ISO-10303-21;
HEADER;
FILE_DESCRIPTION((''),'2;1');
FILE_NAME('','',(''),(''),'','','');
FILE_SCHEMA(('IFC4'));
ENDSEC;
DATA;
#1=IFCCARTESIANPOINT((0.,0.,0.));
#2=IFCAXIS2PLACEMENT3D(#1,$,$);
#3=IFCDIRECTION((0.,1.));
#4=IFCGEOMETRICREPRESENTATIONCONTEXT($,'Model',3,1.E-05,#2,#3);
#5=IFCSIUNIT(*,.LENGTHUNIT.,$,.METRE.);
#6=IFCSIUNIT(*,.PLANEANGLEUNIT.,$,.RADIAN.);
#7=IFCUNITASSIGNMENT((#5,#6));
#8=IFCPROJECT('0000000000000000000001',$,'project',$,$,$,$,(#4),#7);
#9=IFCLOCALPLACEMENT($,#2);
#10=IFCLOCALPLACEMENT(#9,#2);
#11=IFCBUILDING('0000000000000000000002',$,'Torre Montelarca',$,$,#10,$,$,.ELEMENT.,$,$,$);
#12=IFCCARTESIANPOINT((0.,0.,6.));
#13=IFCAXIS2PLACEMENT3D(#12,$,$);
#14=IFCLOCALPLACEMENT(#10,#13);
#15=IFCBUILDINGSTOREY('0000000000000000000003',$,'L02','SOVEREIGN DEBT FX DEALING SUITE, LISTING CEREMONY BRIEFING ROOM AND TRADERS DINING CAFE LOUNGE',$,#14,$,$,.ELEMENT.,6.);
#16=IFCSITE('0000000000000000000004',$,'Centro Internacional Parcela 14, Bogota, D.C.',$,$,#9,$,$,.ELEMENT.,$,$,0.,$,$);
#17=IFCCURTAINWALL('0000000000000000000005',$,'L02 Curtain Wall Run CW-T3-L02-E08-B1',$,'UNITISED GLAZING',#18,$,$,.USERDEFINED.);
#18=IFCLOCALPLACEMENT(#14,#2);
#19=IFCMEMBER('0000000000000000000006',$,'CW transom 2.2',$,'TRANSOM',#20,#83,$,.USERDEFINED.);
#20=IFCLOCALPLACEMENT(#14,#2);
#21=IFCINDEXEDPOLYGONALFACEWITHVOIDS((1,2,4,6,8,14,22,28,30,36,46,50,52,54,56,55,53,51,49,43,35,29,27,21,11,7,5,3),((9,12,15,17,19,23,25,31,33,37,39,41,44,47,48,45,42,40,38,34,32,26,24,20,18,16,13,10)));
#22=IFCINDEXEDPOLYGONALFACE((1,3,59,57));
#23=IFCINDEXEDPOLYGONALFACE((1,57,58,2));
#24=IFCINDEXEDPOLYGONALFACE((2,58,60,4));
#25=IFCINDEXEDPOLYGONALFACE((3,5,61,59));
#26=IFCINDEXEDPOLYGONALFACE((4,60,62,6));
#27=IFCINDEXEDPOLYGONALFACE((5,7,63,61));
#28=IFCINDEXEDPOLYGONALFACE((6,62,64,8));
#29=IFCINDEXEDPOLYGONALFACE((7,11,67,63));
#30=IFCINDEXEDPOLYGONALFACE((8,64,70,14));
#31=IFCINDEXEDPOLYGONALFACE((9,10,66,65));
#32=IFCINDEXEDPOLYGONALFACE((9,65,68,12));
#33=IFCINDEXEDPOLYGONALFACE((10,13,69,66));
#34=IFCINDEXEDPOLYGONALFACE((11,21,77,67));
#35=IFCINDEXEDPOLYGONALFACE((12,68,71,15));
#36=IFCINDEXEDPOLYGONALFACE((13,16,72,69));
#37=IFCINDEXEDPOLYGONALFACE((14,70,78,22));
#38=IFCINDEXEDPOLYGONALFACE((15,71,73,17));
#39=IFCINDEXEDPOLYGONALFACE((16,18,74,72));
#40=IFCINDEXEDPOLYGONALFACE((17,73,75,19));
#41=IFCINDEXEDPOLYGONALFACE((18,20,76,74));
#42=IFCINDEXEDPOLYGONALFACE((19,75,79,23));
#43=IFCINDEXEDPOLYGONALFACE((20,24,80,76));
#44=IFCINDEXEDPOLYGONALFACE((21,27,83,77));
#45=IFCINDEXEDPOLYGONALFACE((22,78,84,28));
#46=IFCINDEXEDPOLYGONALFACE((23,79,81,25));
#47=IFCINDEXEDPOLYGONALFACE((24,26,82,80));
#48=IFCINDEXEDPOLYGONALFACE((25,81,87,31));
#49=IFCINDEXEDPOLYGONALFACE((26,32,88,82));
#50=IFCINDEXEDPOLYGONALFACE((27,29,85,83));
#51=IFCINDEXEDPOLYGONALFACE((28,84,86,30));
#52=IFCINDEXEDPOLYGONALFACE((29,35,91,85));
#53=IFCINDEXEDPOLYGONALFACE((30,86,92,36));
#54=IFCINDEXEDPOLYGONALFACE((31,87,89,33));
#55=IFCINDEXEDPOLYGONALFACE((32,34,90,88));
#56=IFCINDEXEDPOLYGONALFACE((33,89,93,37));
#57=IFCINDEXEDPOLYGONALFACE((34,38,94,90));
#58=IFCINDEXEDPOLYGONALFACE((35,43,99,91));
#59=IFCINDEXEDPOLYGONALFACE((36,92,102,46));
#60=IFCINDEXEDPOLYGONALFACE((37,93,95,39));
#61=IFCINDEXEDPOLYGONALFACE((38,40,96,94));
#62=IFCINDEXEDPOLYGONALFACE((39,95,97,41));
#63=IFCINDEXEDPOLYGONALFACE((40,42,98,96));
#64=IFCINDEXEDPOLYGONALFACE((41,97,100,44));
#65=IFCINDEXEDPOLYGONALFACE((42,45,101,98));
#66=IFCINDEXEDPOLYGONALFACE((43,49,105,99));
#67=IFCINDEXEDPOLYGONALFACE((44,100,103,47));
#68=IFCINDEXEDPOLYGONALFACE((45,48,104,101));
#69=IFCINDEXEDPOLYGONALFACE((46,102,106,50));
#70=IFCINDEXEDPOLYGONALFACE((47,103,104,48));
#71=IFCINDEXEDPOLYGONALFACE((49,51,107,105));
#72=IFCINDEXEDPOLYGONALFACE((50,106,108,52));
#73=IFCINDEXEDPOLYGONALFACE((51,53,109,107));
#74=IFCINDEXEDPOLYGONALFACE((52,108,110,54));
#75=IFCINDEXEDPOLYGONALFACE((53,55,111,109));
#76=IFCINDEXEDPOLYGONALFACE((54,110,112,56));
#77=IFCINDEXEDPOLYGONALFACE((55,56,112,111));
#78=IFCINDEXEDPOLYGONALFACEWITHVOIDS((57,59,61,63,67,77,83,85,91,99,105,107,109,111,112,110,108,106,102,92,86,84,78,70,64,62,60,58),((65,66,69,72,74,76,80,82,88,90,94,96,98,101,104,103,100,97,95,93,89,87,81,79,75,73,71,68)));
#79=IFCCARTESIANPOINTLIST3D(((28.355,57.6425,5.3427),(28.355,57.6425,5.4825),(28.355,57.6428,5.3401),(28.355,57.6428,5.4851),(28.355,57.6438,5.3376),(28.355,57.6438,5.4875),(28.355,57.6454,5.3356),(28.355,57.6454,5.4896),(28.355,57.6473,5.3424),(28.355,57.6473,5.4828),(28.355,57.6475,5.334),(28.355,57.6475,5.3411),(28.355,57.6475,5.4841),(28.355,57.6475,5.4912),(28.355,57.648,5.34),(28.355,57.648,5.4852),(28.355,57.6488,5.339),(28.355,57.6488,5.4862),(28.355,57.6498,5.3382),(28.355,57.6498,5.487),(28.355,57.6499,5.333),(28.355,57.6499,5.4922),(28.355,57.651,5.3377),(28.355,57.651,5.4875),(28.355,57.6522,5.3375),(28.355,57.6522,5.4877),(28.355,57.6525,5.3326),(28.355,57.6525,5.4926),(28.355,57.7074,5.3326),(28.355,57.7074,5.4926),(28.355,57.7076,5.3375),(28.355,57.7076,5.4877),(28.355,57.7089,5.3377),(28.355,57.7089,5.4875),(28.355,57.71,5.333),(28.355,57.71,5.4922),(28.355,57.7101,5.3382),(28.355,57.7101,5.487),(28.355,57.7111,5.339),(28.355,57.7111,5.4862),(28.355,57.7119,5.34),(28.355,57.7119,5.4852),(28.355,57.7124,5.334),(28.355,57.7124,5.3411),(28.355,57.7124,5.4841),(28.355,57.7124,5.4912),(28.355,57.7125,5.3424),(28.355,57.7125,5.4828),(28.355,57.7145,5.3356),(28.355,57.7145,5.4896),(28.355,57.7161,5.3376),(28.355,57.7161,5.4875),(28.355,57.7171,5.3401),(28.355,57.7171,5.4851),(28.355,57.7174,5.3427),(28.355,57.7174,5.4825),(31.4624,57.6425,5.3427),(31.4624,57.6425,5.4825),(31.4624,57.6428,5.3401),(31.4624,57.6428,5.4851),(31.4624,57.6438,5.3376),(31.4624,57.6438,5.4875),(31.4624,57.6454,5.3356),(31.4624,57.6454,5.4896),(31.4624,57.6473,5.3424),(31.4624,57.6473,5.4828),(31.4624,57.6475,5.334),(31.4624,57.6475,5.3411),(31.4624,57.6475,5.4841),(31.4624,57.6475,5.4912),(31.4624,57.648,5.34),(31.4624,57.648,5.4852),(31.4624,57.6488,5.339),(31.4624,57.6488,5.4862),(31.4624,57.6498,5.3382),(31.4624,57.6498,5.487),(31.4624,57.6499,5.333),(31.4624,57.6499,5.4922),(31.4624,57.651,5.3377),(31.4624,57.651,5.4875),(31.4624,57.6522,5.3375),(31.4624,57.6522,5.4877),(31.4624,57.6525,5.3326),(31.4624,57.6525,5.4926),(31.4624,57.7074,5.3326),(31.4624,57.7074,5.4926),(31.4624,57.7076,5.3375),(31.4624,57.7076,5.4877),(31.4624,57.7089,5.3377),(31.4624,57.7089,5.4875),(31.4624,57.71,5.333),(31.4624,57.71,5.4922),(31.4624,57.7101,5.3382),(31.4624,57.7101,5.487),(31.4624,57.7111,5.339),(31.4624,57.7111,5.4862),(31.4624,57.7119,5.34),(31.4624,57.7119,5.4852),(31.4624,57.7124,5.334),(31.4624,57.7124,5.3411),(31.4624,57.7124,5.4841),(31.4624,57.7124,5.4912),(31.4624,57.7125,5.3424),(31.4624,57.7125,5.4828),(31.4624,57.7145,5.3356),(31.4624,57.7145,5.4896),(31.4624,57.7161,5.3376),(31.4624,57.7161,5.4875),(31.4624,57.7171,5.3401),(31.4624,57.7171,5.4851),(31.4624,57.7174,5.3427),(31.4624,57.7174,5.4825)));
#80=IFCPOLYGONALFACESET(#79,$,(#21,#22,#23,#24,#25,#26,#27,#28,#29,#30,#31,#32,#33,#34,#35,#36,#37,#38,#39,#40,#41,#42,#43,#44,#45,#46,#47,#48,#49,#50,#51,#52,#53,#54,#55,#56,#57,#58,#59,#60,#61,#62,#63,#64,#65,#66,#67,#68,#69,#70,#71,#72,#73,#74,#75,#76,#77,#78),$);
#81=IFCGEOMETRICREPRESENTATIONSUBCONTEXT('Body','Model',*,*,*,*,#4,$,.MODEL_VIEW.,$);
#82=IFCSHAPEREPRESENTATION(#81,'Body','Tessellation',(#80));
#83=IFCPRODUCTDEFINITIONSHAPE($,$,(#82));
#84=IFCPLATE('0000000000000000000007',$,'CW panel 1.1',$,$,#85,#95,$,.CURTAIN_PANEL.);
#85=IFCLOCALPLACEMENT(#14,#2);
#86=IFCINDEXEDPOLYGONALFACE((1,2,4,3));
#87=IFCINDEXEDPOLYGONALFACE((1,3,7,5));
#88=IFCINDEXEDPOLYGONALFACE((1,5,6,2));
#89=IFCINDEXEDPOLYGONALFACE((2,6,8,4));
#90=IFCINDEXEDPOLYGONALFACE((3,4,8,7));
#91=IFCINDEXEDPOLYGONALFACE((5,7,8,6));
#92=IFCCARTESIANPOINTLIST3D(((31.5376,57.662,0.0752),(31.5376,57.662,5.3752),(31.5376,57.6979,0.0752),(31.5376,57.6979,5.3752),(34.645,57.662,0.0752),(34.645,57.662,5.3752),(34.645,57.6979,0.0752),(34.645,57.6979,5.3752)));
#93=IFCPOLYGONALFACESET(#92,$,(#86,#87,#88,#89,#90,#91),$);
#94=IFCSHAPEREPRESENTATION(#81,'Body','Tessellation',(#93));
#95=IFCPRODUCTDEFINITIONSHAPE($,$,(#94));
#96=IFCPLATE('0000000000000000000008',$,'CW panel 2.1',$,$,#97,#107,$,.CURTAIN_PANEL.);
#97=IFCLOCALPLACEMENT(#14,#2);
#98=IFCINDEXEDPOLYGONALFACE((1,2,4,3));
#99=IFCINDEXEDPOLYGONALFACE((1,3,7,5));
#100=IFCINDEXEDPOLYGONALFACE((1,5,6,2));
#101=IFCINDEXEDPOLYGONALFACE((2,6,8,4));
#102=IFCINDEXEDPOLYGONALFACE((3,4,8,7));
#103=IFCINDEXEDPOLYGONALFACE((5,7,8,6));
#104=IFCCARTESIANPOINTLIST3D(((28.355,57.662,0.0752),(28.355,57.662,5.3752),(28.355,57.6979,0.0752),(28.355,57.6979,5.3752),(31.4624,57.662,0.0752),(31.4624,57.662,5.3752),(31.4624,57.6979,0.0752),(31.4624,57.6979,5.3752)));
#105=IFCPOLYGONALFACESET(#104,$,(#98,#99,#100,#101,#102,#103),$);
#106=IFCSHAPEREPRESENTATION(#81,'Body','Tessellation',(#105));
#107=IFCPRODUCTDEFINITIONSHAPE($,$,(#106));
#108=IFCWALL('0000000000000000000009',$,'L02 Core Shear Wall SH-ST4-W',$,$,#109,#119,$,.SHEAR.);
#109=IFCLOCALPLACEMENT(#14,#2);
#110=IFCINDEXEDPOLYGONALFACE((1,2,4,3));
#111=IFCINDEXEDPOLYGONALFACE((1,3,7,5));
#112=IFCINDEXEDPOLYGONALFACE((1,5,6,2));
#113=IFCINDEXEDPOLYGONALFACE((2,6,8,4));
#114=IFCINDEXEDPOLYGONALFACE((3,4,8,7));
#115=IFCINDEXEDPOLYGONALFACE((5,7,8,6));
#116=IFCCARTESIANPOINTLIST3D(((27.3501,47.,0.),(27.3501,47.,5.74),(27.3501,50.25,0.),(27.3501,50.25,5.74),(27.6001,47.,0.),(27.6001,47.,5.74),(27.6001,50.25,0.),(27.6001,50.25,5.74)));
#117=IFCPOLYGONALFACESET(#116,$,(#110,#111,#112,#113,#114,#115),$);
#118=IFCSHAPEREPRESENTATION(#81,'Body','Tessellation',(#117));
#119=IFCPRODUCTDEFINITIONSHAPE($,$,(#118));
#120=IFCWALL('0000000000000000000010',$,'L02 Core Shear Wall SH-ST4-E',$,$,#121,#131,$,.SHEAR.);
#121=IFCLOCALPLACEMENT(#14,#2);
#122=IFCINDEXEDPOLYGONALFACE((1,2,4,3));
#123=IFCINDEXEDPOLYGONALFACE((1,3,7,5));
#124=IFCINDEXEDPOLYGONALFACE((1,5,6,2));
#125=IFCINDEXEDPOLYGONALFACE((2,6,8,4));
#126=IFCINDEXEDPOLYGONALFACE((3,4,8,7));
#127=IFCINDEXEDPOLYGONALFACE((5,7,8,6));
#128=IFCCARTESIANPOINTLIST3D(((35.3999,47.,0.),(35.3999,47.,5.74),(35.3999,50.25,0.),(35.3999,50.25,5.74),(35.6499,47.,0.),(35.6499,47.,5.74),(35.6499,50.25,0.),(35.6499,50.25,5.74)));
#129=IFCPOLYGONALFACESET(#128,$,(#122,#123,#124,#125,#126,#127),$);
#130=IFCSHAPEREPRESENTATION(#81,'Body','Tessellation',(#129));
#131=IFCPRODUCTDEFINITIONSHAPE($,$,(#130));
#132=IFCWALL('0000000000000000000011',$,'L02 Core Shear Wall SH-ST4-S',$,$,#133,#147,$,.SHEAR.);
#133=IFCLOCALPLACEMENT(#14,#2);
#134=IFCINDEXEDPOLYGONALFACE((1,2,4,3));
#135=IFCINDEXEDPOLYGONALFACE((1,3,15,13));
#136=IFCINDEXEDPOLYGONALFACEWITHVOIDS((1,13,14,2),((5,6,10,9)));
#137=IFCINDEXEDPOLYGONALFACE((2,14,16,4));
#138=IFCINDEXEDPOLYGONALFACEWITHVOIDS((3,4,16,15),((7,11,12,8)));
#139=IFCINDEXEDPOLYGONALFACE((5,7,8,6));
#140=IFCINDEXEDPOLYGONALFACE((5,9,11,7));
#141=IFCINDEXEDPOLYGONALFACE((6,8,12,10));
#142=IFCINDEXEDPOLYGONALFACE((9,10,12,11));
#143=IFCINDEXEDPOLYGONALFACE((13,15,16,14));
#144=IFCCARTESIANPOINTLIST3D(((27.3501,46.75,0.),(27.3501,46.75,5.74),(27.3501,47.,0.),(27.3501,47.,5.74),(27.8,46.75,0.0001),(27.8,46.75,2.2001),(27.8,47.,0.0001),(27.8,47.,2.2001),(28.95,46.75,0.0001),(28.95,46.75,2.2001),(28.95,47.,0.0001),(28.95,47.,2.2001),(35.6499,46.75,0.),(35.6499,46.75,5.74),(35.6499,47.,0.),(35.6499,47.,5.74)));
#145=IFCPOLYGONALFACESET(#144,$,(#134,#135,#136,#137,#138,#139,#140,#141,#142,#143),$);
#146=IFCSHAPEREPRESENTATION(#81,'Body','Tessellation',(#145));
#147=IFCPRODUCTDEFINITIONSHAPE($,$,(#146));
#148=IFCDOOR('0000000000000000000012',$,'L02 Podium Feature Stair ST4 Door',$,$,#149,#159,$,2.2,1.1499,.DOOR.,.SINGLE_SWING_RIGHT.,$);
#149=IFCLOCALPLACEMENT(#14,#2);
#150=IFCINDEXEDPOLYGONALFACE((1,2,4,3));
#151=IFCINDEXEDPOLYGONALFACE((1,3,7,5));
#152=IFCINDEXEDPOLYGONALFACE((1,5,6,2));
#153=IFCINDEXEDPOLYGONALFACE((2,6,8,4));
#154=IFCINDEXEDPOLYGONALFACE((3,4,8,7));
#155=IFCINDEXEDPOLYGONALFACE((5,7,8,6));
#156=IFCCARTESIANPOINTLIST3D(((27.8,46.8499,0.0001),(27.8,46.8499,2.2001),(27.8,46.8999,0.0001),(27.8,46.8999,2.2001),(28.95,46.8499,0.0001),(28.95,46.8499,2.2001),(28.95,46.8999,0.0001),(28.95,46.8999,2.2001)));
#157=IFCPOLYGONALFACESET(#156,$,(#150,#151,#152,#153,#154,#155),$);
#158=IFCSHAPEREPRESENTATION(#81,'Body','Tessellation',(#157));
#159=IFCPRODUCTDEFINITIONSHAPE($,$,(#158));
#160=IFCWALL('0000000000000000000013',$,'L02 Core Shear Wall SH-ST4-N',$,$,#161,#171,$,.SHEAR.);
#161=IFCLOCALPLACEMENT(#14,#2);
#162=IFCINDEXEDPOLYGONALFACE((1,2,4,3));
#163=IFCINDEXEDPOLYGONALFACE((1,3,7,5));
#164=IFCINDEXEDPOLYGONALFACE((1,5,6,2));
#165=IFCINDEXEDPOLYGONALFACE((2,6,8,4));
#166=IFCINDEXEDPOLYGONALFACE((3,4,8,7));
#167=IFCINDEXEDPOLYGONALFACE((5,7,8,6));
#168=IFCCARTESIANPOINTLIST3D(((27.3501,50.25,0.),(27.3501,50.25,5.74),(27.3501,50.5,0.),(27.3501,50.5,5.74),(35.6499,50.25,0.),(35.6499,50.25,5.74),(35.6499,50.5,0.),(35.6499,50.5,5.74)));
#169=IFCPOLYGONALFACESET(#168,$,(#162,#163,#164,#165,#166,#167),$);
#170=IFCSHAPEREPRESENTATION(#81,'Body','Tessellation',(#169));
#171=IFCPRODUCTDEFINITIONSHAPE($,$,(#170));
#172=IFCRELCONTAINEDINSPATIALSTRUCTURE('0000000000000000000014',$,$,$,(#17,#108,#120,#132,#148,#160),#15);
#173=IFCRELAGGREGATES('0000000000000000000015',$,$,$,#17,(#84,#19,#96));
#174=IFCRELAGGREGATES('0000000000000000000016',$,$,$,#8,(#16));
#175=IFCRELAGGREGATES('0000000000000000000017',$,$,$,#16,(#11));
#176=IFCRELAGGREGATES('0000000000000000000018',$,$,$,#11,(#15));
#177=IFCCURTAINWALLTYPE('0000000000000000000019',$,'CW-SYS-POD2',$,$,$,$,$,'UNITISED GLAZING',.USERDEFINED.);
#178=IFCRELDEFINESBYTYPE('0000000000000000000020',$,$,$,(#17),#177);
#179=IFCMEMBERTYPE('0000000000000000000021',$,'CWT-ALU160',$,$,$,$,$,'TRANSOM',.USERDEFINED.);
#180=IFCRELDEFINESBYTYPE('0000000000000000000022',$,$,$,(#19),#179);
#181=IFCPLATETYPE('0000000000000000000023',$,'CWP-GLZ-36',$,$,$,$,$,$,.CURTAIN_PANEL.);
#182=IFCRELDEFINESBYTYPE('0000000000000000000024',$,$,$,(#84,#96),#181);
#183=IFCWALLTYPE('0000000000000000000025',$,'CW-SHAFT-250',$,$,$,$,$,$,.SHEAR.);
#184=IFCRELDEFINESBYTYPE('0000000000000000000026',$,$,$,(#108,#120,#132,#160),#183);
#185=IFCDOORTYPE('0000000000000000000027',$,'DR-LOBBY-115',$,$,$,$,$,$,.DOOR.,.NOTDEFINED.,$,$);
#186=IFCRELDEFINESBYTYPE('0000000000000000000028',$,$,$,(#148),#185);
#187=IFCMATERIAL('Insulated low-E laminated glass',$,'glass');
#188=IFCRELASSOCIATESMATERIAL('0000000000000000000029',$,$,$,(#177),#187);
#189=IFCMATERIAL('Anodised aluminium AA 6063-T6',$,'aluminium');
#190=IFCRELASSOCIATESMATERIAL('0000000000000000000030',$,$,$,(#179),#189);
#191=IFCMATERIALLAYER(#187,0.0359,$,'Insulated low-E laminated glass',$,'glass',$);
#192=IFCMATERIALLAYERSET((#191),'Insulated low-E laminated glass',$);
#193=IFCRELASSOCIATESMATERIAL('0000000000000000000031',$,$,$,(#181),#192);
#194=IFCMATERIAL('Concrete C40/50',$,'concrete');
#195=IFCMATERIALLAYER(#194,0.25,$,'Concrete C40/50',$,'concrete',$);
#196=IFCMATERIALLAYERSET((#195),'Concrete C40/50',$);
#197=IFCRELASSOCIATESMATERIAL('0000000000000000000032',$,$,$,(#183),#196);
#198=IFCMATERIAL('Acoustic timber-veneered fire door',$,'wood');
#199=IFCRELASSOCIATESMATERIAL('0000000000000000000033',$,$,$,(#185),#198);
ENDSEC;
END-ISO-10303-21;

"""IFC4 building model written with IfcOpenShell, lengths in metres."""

from ifc_helpers import new_model, si_unit, direction, frame, frame_2d, origin, origin_2d, place, context, subcontext, project, spatial, rectangle, hollow_rectangle, extrude, source, transform, mapped, material, layer, layer_set, material_profile, profile_set, type_object, element, fill, aggregate, save


model = new_model("IFC4")

# Units and contexts
model_context = context("Model", 3, precision=1e-05, world=origin(), true_north=direction((0.0, 1.0)))
body_context = subcontext(model_context, "Body", "Model", "MODEL_VIEW")
ifc_project = project(units=[si_unit("LENGTHUNIT", "METRE"), si_unit("PLANEANGLEUNIT", "RADIAN")], contexts=[model_context])

# Site, building, storey
site_placement = place(None, origin())
site = spatial("IfcSite", under=ifc_project, at=site_placement, Name="Centro Internacional Parcela 14, Bogota, D.C.", CompositionType="ELEMENT", RefElevation=0.0)
building_placement = place(site_placement, origin())
building = spatial("IfcBuilding", under=site, at=building_placement, Name="Torre Montelarca", CompositionType="ELEMENT")
storey_placement = place(building_placement, frame((0.0, 0.0, 6.0)))
storey = spatial("IfcBuildingStorey", under=building, at=storey_placement, Name="L02", Description="SOVEREIGN DEBT FX DEALING SUITE, LISTING CEREMONY BRIEFING ROOM AND TRADERS DINING CAFE LOUNGE", CompositionType="ELEMENT", Elevation=6.0)

# Curtain wall, member, plates
ifc_material_1 = material(Name="Insulated low-E laminated glass", Category="glass")
curtain_wall_type = type_object("IfcCurtainWallType", Name="CW-SYS-POD2", ElementType="UNITISED GLAZING", PredefinedType="USERDEFINED", material=ifc_material_1)
curtain_wall_placement = place(storey_placement, origin())
curtain_wall = element("IfcCurtainWall", 1, at=curtain_wall_placement, inside=storey, type_object=curtain_wall_type, Name="L02 Curtain Wall Run CW-T3-L02-E08-B1", ObjectType="UNITISED GLAZING", PredefinedType="USERDEFINED")
ifc_material_2 = material(Name="Anodised aluminium AA 6063-T6", Category="aluminium")
ifc_material_profile_1 = material_profile(ifc_material_2, hollow_rectangle(XDim=0.075, YDim=0.1599, WallThickness=0.0049, InnerFilletRadius=0.0049, OuterFilletRadius=0.01, at=origin_2d()), Name="ALU75X160X5", Category="aluminium")
ifc_profile_set_1 = profile_set([ifc_material_profile_1], Name="Anodised aluminium AA 6063-T6")
member_type_1 = type_object("IfcMemberType", Name="CWT-ALU160", ElementType="TRANSOM", PredefinedType="USERDEFINED", material=ifc_profile_set_1)
shared_shape_1 = source(origin(), body_context, "Body", "SweptSolid", [
    extrude(hollow_rectangle(XDim=0.075, YDim=0.1599, WallThickness=0.0049, InnerFilletRadius=0.0049, OuterFilletRadius=0.01, at=origin_2d()), origin(), (0.0, 0.0, 1.0), 3.1074),
])
member_1_placement = place(storey_placement, frame((31.4624, 57.6799, 5.4126), z_axis=(-1.0, 0.0, 0.0), x_axis=(0.0, -1.0, 0.0)))
member_1 = element("IfcMember", 2, at=member_1_placement, type_object=member_type_1, Name="CW transom 2.2", ObjectType="TRANSOM", PredefinedType="USERDEFINED", context=body_context, shape_type="MappedRepresentation", body=[
    mapped(shared_shape_1, transform((0.0, 0.0, 0.0), scale=1.0)),
])
ifc_layer_1 = layer(ifc_material_1, 0.0359, Name="Insulated low-E laminated glass", Category="glass")
ifc_layer_set_1 = layer_set([ifc_layer_1], Name="Insulated low-E laminated glass")
plate_type = type_object("IfcPlateType", Name="CWP-GLZ-36", PredefinedType="CURTAIN_PANEL", material=ifc_layer_set_1)
shared_shape_2 = source(origin(), body_context, "Body", "SweptSolid", [
    extrude(rectangle(XDim=3.1074, YDim=0.0359, at=origin_2d()), origin(), (0.0, 0.0, 1.0), 5.3),
])
plate_1_placement = place(storey_placement, frame((33.0913, 57.6799, 0.0752), z_axis=(0.0, 0.0, 1.0), x_axis=(-1.0, 0.0, 0.0)))
plate_1 = element("IfcPlate", 3, at=plate_1_placement, type_object=plate_type, Name="CW panel 1.1", PredefinedType="CURTAIN_PANEL", context=body_context, shape_type="MappedRepresentation", body=[
    mapped(shared_shape_2, transform((0.0, 0.0, 0.0), scale=1.0)),
])
plate_2_placement = place(storey_placement, frame((29.9087, 57.6799, 0.0752), z_axis=(0.0, 0.0, 1.0), x_axis=(-1.0, 0.0, 0.0)))
plate_2 = element("IfcPlate", 4, at=plate_2_placement, type_object=plate_type, Name="CW panel 2.1", PredefinedType="CURTAIN_PANEL", context=body_context, shape_type="MappedRepresentation", body=[
    mapped(shared_shape_2, transform((0.0, 0.0, 0.0), scale=1.0)),
])
aggregate(curtain_wall, [plate_1, member_1, plate_2])

# Walls
ifc_material_3 = material(Name="Concrete C40/50", Category="concrete")
ifc_layer_2 = layer(ifc_material_3, 0.25, Name="Concrete C40/50", Category="concrete")
ifc_layer_set_2 = layer_set([ifc_layer_2], Name="Concrete C40/50")
wall_type_1 = type_object("IfcWallType", Name="CW-SHAFT-250", PredefinedType="SHEAR", material=ifc_layer_set_2)
for number, where, z_axis, x_axis, name in (
    (5, (27.4751, 47.0, 0.0), (0.0, 0.0, 1.0), (0.0, 1.0, 0.0), "L02 Core Shear Wall SH-ST4-W"),
    (6, (35.5249, 47.0, 0.0), (0.0, 0.0, 1.0), (0.0, 1.0, 0.0), "L02 Core Shear Wall SH-ST4-E"),
):
    element("IfcWall", number, at=place(storey_placement, frame(where, z_axis=z_axis, x_axis=x_axis)), inside=storey, type_object=wall_type_1, Name=name, PredefinedType="SHEAR", context=body_context, shape_type="SweptSolid", body=[
        extrude(rectangle(XDim=3.25, YDim=0.25, at=frame_2d((1.625, 0.0))), origin(), (0.0, 0.0, 1.0), 5.74),
    ])

# Wall, opening, door
wall_1_placement = place(storey_placement, frame((27.3501, 46.875, 0.0), z_axis=(0.0, 0.0, 1.0), x_axis=(1.0, 0.0, 0.0)))
wall_1 = element("IfcWall", 7, at=wall_1_placement, inside=storey, type_object=wall_type_1, Name="L02 Core Shear Wall SH-ST4-S", PredefinedType="SHEAR", context=body_context, shape_type="SweptSolid", body=[
    extrude(rectangle(XDim=8.2998, YDim=0.25, at=frame_2d((4.1499, 0.0))), origin(), (0.0, 0.0, 1.0), 5.74),
])
opening_1_placement = place(wall_1_placement, frame((0.45, 0.0, 0.0)))
opening_1 = element("IfcOpeningElement", 8, at=opening_1_placement, cuts=wall_1, PredefinedType="OPENING", context=body_context, shape_type="SweptSolid", body=[
    extrude(rectangle(XDim=1.1499, YDim=2.2, at=frame_2d((0.575, 1.1001))), frame((0.0, 0.135, 0.0), z_axis=(0.0, -1.0, 0.0), x_axis=(1.0, 0.0, 0.0)), (0.0, 0.0, 1.0), 0.27),
])
ifc_material_4 = material(Name="Acoustic timber-veneered fire door", Category="wood")
door_type_1 = type_object("IfcDoorType", Name="DR-LOBBY-115", OperationType="NOTDEFINED", PredefinedType="DOOR", material=ifc_material_4)
shared_shape_3 = source(origin(), body_context, "Body", "SweptSolid", [
    extrude(rectangle(XDim=1.1499, YDim=2.2, at=frame_2d((0.575, 1.1001))), frame((0.0, 0.0249, 0.0), z_axis=(0.0, -1.0, 0.0), x_axis=(1.0, 0.0, 0.0)), (0.0, 0.0, 1.0), 0.05),
])
door_1_placement = place(opening_1_placement, origin())
door_1 = element("IfcDoor", 9, at=door_1_placement, inside=storey, type_object=door_type_1, Name="L02 Podium Feature Stair ST4 Door", OperationType="SINGLE_SWING_RIGHT", OverallHeight=2.2, OverallWidth=1.1499, PredefinedType="DOOR", context=body_context, shape_type="MappedRepresentation", body=[
    mapped(shared_shape_3, transform((0.0, 0.0, 0.0), scale=1.0)),
])
fill(opening_1, door_1)

# Wall
wall_2_placement = place(storey_placement, frame((27.3501, 50.375, 0.0), z_axis=(0.0, 0.0, 1.0), x_axis=(1.0, 0.0, 0.0)))
element("IfcWall", 10, at=wall_2_placement, inside=storey, type_object=wall_type_1, Name="L02 Core Shear Wall SH-ST4-N", PredefinedType="SHEAR", context=body_context, shape_type="SweptSolid", body=[
    extrude(rectangle(XDim=8.2998, YDim=0.25, at=frame_2d((4.1499, 0.0))), origin(), (0.0, 0.0, 1.0), 5.74),
])

save(model, "model.ifc")
